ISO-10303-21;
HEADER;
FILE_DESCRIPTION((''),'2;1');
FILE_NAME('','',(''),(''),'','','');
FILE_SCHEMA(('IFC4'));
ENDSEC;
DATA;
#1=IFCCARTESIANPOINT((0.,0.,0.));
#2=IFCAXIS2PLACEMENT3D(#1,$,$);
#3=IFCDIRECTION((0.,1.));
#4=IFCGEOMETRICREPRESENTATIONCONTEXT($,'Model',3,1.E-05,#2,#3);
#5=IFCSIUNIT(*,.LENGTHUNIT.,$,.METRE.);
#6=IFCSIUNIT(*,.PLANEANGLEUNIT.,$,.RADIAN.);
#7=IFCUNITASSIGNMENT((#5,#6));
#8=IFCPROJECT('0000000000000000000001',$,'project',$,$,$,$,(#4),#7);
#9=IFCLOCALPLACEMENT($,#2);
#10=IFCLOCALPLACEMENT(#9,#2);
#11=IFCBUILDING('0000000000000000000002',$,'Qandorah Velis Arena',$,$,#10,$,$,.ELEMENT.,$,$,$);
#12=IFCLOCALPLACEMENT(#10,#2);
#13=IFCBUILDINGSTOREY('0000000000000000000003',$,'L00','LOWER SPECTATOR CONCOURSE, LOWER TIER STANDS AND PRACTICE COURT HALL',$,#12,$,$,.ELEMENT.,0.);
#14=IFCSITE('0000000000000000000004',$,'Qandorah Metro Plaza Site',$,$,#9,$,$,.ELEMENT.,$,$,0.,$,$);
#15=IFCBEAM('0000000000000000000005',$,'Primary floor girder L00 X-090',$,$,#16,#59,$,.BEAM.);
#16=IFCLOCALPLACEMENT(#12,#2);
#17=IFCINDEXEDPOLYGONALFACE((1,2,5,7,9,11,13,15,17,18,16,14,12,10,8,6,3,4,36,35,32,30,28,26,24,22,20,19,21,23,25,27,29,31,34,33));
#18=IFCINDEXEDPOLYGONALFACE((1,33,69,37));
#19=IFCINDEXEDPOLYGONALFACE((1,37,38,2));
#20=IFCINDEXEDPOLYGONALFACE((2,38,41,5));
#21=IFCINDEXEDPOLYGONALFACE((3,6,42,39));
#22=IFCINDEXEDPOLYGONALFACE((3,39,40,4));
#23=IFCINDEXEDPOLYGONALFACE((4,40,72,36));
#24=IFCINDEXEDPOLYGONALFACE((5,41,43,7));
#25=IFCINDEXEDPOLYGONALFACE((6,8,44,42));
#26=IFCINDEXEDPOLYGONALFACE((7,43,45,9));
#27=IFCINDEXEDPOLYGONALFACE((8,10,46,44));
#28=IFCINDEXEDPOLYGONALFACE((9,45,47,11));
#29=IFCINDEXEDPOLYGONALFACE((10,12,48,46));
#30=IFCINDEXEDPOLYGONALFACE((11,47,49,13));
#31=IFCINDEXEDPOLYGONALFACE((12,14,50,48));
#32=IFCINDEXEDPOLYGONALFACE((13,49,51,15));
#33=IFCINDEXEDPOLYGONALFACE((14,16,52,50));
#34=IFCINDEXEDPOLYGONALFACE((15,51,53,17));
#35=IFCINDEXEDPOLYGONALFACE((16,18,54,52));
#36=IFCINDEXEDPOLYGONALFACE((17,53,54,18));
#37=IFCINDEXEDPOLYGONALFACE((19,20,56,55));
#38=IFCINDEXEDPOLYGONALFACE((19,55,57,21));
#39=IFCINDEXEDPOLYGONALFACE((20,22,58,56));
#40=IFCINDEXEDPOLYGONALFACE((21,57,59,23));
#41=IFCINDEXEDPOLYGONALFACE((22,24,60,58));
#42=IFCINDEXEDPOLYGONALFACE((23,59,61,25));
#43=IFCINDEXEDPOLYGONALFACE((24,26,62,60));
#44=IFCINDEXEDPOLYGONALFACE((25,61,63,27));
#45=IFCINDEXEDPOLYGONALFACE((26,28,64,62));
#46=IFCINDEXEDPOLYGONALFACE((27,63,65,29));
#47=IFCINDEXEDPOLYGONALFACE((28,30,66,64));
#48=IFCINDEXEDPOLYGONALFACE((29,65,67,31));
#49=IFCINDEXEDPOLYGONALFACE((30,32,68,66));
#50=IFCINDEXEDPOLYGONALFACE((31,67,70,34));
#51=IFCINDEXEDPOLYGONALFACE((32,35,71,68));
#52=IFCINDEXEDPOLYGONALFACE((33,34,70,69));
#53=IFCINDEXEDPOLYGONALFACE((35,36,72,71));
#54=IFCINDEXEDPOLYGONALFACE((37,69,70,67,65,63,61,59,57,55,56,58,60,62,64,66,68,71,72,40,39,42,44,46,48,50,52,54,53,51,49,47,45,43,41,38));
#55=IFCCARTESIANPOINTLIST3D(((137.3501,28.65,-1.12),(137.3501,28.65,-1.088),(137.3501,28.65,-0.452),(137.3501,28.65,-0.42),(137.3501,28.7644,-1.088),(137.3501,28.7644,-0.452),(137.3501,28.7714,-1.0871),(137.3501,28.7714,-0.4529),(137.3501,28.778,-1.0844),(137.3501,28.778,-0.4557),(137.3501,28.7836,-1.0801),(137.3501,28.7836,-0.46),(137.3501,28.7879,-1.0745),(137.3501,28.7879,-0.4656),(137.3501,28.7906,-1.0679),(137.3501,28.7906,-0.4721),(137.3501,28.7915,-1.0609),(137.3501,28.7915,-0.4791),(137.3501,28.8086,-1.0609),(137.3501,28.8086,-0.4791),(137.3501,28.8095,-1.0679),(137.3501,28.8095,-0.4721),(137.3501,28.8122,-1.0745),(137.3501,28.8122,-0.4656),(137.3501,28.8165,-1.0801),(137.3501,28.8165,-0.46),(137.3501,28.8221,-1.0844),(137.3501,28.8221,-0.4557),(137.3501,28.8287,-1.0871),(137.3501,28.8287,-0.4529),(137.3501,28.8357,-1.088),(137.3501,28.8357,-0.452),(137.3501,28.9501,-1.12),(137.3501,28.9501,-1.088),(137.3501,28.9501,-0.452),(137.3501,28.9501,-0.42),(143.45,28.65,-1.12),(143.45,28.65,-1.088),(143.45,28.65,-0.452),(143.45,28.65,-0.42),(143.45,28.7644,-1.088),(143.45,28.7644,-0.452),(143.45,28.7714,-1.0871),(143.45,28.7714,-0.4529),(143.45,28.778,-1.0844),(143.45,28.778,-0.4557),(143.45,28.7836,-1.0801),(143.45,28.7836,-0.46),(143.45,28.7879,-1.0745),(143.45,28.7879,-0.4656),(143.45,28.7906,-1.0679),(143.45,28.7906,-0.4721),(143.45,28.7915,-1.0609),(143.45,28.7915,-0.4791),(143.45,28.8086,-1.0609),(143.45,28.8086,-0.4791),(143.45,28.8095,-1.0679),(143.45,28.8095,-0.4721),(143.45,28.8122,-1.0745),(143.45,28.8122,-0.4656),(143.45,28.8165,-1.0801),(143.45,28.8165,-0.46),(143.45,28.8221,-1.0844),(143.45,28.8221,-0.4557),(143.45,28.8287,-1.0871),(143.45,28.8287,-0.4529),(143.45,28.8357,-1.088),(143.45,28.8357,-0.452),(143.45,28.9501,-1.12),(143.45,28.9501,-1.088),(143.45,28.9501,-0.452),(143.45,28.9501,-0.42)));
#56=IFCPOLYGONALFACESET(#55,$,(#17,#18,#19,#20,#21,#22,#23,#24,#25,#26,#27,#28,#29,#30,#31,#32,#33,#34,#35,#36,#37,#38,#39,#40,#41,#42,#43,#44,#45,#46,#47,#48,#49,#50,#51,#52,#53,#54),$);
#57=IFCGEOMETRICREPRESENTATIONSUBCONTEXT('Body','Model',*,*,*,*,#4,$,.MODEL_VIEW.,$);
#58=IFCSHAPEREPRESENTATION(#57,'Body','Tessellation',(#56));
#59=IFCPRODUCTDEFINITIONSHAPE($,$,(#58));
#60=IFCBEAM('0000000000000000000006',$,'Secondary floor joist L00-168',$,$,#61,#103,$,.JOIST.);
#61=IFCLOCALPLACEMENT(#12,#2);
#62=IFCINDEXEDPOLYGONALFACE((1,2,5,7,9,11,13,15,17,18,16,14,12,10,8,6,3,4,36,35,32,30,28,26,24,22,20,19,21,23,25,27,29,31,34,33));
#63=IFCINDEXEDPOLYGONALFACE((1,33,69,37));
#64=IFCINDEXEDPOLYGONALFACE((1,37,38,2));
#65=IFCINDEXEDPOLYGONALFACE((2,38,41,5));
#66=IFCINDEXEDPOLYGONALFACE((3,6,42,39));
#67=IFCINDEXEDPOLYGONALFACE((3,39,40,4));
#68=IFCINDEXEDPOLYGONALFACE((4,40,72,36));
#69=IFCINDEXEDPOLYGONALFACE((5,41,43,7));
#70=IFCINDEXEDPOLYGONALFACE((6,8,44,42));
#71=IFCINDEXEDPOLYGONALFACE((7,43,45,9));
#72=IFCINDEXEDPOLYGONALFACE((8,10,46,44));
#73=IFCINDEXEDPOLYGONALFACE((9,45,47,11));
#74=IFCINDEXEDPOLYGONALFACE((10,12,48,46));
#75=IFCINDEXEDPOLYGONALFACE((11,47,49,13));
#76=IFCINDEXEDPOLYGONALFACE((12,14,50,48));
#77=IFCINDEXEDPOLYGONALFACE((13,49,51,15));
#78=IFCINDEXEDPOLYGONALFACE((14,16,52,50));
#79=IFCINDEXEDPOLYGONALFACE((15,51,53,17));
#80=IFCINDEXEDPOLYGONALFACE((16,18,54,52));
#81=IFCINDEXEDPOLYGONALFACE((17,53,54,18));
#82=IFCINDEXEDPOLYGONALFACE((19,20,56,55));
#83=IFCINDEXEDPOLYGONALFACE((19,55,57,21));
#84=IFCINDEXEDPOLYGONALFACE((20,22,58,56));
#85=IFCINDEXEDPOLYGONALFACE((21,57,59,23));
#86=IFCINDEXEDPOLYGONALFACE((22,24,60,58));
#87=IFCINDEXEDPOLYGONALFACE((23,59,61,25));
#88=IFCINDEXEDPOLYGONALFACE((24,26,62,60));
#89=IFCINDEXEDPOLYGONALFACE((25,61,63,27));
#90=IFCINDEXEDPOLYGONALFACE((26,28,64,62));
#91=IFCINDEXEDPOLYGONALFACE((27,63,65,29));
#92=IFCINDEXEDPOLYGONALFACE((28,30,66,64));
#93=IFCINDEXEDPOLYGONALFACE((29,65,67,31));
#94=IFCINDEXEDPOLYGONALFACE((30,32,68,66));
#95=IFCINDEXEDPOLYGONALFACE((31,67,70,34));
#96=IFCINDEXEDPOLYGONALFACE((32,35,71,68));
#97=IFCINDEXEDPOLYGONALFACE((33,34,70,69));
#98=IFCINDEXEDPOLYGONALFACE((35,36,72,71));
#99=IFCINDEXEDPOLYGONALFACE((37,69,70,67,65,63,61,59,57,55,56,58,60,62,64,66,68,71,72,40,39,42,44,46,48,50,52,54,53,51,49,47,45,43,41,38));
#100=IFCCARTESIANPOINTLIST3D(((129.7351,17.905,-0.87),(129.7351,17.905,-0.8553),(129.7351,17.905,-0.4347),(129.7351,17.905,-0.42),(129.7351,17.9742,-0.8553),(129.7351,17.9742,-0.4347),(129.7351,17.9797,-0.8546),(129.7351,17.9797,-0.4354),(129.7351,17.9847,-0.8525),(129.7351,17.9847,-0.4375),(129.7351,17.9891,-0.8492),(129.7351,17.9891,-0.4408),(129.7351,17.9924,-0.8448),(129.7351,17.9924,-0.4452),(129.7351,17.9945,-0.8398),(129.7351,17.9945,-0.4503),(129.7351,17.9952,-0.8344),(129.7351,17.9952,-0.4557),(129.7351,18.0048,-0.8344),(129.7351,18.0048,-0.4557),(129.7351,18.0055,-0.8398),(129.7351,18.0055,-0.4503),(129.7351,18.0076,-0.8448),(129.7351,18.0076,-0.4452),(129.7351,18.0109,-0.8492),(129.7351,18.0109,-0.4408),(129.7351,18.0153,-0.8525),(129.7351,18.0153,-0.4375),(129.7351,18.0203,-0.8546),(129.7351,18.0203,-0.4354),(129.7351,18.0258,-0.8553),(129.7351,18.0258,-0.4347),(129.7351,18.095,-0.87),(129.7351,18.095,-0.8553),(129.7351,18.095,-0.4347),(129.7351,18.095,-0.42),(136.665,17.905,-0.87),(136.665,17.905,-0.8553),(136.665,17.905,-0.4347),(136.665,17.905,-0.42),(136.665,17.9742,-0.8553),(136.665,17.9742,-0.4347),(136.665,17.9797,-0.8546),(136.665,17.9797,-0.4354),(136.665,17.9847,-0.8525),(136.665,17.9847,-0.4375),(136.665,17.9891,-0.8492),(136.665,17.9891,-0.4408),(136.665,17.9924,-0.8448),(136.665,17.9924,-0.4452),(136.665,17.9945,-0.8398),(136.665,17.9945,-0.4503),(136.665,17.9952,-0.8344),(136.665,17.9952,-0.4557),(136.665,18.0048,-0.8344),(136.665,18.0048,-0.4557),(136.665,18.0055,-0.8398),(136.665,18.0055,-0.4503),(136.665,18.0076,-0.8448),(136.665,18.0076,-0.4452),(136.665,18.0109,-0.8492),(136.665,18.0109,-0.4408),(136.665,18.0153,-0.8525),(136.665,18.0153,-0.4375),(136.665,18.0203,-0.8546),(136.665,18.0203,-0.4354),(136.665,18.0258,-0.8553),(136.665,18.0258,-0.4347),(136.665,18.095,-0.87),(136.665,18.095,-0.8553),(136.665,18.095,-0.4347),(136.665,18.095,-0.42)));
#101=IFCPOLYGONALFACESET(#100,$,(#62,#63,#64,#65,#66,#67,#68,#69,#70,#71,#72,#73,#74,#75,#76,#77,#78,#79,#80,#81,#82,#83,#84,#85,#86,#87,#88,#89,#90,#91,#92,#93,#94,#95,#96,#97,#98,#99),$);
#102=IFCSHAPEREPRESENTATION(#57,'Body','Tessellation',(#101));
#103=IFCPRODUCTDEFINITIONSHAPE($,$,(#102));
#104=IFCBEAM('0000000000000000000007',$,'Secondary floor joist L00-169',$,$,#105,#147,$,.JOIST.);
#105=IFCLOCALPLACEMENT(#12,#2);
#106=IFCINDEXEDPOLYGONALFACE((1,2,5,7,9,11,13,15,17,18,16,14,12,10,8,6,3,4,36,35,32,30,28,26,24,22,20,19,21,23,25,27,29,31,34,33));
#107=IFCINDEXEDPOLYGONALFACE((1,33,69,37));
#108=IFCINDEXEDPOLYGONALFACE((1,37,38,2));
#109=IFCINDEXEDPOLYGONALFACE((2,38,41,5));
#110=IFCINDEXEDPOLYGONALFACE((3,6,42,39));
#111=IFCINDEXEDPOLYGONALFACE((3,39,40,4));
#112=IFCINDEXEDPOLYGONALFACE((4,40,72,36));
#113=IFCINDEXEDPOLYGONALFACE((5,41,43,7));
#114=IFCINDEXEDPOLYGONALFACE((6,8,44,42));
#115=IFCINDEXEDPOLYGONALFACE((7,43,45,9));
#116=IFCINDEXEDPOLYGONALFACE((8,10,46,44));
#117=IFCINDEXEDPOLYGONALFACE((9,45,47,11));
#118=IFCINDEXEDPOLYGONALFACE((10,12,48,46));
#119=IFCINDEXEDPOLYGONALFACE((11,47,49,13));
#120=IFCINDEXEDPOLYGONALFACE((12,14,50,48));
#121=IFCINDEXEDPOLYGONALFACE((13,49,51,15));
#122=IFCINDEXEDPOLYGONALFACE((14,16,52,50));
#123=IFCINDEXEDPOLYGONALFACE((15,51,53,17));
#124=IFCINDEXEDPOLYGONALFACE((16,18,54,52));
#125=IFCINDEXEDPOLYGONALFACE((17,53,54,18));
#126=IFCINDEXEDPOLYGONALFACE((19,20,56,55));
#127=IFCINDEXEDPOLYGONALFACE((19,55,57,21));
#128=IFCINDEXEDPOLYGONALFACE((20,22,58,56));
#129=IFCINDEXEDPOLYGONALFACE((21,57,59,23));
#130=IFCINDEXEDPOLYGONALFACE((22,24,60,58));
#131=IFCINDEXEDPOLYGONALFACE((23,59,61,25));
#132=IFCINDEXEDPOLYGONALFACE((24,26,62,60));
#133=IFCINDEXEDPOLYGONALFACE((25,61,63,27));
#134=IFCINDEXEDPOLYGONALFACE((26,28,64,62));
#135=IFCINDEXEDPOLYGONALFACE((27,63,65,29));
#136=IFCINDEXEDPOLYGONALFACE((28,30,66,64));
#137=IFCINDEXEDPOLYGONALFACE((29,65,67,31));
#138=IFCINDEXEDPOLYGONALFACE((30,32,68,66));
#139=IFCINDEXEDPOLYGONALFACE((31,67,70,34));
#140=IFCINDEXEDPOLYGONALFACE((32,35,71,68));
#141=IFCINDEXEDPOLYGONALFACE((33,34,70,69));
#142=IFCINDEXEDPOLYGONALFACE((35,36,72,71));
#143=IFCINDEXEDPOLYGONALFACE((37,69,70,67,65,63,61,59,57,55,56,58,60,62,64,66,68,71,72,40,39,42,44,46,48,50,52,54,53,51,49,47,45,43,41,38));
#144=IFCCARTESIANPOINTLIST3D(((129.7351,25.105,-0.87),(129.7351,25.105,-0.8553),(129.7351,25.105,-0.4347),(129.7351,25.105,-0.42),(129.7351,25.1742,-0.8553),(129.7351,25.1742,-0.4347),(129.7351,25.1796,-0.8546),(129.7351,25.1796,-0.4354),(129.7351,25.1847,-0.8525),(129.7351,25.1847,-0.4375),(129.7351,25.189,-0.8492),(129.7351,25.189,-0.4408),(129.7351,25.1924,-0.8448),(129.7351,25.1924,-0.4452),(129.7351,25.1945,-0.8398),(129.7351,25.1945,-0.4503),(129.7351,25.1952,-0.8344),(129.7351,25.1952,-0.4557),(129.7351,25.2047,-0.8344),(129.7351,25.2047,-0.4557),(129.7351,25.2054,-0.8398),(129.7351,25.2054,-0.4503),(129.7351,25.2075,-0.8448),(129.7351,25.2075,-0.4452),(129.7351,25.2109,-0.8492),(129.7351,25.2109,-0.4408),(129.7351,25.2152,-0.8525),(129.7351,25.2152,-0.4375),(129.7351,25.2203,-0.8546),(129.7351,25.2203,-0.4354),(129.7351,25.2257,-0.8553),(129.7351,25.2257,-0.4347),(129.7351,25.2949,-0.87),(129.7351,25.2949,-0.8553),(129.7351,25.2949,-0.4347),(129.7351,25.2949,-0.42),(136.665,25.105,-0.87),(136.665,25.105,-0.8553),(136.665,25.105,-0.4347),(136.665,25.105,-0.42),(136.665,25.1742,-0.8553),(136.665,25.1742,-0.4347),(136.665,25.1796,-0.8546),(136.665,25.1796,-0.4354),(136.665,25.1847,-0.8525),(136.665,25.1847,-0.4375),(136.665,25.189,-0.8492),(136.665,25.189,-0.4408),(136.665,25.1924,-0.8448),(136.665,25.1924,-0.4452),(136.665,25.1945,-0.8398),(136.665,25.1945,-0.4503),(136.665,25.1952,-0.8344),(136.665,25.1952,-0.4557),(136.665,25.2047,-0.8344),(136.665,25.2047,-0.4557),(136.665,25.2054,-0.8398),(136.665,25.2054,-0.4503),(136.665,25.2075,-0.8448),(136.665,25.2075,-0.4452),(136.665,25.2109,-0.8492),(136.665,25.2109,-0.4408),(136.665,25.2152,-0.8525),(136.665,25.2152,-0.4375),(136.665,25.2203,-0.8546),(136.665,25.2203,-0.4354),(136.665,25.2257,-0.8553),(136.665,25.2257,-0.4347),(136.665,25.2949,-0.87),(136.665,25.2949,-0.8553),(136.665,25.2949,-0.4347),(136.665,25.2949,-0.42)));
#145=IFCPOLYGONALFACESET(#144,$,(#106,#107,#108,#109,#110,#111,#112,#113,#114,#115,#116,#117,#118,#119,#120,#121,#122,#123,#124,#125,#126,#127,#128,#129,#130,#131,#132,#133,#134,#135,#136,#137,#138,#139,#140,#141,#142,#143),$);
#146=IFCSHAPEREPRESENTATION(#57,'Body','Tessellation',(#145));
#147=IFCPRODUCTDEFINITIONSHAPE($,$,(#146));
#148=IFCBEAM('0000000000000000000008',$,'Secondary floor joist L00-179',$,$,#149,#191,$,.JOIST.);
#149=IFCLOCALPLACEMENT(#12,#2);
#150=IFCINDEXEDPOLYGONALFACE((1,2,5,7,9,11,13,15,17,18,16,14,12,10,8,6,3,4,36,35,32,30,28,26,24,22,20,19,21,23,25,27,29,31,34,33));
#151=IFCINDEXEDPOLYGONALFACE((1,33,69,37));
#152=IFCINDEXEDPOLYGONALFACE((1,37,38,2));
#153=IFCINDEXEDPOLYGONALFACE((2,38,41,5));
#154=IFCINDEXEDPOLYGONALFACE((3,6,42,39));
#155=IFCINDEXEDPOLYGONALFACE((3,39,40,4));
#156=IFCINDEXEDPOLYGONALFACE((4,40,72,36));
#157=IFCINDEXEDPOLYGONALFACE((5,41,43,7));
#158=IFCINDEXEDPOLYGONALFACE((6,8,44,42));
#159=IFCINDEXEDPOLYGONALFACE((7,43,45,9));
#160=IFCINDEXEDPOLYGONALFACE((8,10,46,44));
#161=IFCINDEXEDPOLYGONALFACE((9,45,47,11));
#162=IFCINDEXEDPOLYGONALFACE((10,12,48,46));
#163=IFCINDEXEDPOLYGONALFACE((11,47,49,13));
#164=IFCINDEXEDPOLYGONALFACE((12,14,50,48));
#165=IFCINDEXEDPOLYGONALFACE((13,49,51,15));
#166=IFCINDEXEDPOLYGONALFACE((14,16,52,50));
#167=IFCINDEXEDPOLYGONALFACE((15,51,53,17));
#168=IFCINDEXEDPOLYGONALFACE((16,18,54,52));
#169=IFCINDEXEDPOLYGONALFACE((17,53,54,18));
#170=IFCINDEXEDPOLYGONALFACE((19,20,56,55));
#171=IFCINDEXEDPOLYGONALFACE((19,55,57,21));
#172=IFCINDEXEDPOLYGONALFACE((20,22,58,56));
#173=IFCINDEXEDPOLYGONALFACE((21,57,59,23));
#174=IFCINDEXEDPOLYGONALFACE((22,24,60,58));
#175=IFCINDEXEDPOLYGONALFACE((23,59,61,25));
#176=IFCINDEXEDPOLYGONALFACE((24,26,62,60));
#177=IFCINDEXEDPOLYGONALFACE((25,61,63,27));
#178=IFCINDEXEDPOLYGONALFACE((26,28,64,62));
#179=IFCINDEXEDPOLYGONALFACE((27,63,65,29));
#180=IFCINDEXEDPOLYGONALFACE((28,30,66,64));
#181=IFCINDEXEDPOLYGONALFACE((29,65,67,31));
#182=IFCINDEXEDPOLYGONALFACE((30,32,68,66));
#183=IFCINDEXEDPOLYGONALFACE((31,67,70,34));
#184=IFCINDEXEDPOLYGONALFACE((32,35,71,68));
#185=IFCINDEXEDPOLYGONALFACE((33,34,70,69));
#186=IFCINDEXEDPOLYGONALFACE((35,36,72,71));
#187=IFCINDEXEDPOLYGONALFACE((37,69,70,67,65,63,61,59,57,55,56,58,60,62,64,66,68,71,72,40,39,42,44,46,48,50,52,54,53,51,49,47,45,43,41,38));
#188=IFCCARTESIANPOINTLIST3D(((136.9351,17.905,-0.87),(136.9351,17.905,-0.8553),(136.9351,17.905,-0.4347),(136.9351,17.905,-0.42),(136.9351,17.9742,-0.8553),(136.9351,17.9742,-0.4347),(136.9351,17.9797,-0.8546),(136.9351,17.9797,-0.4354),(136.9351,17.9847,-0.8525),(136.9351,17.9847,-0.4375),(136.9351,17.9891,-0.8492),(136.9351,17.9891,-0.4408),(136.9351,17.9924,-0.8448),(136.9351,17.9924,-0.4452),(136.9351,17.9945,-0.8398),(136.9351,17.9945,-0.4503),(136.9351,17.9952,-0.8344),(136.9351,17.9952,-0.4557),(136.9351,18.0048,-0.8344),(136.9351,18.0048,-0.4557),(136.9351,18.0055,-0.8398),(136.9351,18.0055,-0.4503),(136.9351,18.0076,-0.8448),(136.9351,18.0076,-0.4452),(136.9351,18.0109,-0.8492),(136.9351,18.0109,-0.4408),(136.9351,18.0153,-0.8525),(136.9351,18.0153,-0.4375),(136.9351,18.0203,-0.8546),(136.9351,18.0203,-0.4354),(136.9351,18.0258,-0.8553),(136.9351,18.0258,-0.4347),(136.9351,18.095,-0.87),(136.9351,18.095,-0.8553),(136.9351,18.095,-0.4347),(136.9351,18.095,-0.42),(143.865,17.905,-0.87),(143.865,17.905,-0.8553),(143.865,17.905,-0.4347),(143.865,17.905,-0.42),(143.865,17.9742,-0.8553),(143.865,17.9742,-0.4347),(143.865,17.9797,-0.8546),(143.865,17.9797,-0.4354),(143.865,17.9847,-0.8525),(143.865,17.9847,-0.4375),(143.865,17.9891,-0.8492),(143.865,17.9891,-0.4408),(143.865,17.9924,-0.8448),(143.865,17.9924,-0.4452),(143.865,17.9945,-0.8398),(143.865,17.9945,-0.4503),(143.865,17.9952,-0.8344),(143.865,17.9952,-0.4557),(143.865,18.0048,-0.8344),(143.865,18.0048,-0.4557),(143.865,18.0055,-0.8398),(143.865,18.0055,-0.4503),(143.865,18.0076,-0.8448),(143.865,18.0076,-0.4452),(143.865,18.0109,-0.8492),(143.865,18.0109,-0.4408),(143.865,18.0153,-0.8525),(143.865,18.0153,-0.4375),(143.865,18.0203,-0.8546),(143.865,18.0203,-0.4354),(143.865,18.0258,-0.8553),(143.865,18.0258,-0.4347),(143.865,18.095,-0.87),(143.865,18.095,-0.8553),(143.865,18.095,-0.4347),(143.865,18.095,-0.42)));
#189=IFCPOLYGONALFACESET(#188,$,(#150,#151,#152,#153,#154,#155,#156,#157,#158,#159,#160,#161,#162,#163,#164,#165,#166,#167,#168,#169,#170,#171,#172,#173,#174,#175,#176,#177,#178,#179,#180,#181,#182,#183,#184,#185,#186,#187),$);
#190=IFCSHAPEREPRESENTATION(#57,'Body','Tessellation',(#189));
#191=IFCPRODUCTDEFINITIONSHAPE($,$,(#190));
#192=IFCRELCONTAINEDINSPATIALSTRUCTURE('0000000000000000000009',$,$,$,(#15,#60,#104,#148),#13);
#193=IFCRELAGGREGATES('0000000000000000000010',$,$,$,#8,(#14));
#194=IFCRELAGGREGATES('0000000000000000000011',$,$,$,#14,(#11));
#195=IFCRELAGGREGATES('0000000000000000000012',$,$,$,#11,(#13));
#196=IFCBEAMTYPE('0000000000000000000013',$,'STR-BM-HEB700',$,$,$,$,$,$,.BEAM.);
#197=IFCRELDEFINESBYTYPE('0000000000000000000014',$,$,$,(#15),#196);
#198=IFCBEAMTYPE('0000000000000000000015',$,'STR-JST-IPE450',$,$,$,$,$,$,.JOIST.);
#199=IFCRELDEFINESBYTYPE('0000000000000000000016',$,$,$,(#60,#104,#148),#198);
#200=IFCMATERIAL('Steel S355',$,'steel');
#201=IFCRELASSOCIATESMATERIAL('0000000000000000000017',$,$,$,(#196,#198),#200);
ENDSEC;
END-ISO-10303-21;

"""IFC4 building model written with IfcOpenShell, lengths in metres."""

from ifc_helpers import new_model, si_unit, direction, frame, origin, origin_2d, place, context, subcontext, project, spatial, i_section, extrude, material, material_profile, profile_set, type_object, element, save


model = new_model("IFC4")

# Units and contexts
model_context = context("Model", 3, precision=1e-05, world=origin(), true_north=direction((0.0, 1.0)))
body_context = subcontext(model_context, "Body", "Model", "MODEL_VIEW")
ifc_project = project(units=[si_unit("LENGTHUNIT", "METRE"), si_unit("PLANEANGLEUNIT", "RADIAN")], contexts=[model_context])

# Site, building, storey
site_placement = place(None, origin())
site = spatial("IfcSite", under=ifc_project, at=site_placement, Name="Qandorah Metro Plaza Site", CompositionType="ELEMENT", RefElevation=0.0)
building_placement = place(site_placement, origin())
building = spatial("IfcBuilding", under=site, at=building_placement, Name="Qandorah Velis Arena", CompositionType="ELEMENT")
storey_placement = place(building_placement, origin())
storey = spatial("IfcBuildingStorey", under=building, at=storey_placement, Name="L00", Description="LOWER SPECTATOR CONCOURSE, LOWER TIER STANDS AND PRACTICE COURT HALL", CompositionType="ELEMENT", Elevation=0.0)

# Shared definitions
ifc_material_1 = material(Name="Steel S355", Category="steel")

# Beams
ifc_material_profile_1 = material_profile(ifc_material_1, i_section(OverallWidth=0.3, OverallDepth=0.7, WebThickness=0.0171, FlangeThickness=0.032, FilletRadius=0.0271, at=origin_2d()), Name="HEB 700")
ifc_profile_set_1 = profile_set([ifc_material_profile_1], Name="Steel S355")
beam_type_1 = type_object("IfcBeamType", Name="STR-BM-HEB700", PredefinedType="BEAM", material=ifc_profile_set_1)
beam_1_placement = place(storey_placement, frame((137.3501, 28.8, -0.77), z_axis=(1.0, 0.0, 0.0), x_axis=(0.0, 1.0, 0.0)))
element("IfcBeam", 1, at=beam_1_placement, inside=storey, type_object=beam_type_1, Name="Primary floor girder L00 X-090", PredefinedType="BEAM", context=body_context, shape_type="SweptSolid", body=[
    extrude(i_section(OverallWidth=0.3, OverallDepth=0.7, WebThickness=0.0171, FlangeThickness=0.032, FilletRadius=0.0271, at=origin_2d()), origin(), (0.0, 0.0, 1.0), 6.0999),
])
ifc_material_profile_2 = material_profile(ifc_material_1, i_section(OverallWidth=0.1899, OverallDepth=0.45, WebThickness=0.0095, FlangeThickness=0.0146, FilletRadius=0.021, at=origin_2d()), Name="IPE 450")
ifc_profile_set_2 = profile_set([ifc_material_profile_2], Name="Steel S355")
beam_type_2 = type_object("IfcBeamType", Name="STR-JST-IPE450", PredefinedType="JOIST", material=ifc_profile_set_2)
for number, where, z_axis, x_axis, name in (
    (2, (129.7351, 18.0, -0.645), (1.0, 0.0, 0.0), (0.0, 1.0, 0.0), "Secondary floor joist L00-168"),
    (3, (129.7351, 25.2, -0.645), (1.0, 0.0, 0.0), (0.0, 1.0, 0.0), "Secondary floor joist L00-169"),
    (4, (136.9351, 18.0, -0.645), (1.0, 0.0, 0.0), (0.0, 1.0, 0.0), "Secondary floor joist L00-179"),
):
    element("IfcBeam", number, at=place(storey_placement, frame(where, z_axis=z_axis, x_axis=x_axis)), inside=storey, type_object=beam_type_2, Name=name, PredefinedType="JOIST", context=body_context, shape_type="SweptSolid", body=[
        extrude(i_section(OverallWidth=0.1899, OverallDepth=0.45, WebThickness=0.0095, FlangeThickness=0.0146, FilletRadius=0.021, at=origin_2d()), origin(), (0.0, 0.0, 1.0), 6.9299),
    ])

save(model, "model.ifc")
